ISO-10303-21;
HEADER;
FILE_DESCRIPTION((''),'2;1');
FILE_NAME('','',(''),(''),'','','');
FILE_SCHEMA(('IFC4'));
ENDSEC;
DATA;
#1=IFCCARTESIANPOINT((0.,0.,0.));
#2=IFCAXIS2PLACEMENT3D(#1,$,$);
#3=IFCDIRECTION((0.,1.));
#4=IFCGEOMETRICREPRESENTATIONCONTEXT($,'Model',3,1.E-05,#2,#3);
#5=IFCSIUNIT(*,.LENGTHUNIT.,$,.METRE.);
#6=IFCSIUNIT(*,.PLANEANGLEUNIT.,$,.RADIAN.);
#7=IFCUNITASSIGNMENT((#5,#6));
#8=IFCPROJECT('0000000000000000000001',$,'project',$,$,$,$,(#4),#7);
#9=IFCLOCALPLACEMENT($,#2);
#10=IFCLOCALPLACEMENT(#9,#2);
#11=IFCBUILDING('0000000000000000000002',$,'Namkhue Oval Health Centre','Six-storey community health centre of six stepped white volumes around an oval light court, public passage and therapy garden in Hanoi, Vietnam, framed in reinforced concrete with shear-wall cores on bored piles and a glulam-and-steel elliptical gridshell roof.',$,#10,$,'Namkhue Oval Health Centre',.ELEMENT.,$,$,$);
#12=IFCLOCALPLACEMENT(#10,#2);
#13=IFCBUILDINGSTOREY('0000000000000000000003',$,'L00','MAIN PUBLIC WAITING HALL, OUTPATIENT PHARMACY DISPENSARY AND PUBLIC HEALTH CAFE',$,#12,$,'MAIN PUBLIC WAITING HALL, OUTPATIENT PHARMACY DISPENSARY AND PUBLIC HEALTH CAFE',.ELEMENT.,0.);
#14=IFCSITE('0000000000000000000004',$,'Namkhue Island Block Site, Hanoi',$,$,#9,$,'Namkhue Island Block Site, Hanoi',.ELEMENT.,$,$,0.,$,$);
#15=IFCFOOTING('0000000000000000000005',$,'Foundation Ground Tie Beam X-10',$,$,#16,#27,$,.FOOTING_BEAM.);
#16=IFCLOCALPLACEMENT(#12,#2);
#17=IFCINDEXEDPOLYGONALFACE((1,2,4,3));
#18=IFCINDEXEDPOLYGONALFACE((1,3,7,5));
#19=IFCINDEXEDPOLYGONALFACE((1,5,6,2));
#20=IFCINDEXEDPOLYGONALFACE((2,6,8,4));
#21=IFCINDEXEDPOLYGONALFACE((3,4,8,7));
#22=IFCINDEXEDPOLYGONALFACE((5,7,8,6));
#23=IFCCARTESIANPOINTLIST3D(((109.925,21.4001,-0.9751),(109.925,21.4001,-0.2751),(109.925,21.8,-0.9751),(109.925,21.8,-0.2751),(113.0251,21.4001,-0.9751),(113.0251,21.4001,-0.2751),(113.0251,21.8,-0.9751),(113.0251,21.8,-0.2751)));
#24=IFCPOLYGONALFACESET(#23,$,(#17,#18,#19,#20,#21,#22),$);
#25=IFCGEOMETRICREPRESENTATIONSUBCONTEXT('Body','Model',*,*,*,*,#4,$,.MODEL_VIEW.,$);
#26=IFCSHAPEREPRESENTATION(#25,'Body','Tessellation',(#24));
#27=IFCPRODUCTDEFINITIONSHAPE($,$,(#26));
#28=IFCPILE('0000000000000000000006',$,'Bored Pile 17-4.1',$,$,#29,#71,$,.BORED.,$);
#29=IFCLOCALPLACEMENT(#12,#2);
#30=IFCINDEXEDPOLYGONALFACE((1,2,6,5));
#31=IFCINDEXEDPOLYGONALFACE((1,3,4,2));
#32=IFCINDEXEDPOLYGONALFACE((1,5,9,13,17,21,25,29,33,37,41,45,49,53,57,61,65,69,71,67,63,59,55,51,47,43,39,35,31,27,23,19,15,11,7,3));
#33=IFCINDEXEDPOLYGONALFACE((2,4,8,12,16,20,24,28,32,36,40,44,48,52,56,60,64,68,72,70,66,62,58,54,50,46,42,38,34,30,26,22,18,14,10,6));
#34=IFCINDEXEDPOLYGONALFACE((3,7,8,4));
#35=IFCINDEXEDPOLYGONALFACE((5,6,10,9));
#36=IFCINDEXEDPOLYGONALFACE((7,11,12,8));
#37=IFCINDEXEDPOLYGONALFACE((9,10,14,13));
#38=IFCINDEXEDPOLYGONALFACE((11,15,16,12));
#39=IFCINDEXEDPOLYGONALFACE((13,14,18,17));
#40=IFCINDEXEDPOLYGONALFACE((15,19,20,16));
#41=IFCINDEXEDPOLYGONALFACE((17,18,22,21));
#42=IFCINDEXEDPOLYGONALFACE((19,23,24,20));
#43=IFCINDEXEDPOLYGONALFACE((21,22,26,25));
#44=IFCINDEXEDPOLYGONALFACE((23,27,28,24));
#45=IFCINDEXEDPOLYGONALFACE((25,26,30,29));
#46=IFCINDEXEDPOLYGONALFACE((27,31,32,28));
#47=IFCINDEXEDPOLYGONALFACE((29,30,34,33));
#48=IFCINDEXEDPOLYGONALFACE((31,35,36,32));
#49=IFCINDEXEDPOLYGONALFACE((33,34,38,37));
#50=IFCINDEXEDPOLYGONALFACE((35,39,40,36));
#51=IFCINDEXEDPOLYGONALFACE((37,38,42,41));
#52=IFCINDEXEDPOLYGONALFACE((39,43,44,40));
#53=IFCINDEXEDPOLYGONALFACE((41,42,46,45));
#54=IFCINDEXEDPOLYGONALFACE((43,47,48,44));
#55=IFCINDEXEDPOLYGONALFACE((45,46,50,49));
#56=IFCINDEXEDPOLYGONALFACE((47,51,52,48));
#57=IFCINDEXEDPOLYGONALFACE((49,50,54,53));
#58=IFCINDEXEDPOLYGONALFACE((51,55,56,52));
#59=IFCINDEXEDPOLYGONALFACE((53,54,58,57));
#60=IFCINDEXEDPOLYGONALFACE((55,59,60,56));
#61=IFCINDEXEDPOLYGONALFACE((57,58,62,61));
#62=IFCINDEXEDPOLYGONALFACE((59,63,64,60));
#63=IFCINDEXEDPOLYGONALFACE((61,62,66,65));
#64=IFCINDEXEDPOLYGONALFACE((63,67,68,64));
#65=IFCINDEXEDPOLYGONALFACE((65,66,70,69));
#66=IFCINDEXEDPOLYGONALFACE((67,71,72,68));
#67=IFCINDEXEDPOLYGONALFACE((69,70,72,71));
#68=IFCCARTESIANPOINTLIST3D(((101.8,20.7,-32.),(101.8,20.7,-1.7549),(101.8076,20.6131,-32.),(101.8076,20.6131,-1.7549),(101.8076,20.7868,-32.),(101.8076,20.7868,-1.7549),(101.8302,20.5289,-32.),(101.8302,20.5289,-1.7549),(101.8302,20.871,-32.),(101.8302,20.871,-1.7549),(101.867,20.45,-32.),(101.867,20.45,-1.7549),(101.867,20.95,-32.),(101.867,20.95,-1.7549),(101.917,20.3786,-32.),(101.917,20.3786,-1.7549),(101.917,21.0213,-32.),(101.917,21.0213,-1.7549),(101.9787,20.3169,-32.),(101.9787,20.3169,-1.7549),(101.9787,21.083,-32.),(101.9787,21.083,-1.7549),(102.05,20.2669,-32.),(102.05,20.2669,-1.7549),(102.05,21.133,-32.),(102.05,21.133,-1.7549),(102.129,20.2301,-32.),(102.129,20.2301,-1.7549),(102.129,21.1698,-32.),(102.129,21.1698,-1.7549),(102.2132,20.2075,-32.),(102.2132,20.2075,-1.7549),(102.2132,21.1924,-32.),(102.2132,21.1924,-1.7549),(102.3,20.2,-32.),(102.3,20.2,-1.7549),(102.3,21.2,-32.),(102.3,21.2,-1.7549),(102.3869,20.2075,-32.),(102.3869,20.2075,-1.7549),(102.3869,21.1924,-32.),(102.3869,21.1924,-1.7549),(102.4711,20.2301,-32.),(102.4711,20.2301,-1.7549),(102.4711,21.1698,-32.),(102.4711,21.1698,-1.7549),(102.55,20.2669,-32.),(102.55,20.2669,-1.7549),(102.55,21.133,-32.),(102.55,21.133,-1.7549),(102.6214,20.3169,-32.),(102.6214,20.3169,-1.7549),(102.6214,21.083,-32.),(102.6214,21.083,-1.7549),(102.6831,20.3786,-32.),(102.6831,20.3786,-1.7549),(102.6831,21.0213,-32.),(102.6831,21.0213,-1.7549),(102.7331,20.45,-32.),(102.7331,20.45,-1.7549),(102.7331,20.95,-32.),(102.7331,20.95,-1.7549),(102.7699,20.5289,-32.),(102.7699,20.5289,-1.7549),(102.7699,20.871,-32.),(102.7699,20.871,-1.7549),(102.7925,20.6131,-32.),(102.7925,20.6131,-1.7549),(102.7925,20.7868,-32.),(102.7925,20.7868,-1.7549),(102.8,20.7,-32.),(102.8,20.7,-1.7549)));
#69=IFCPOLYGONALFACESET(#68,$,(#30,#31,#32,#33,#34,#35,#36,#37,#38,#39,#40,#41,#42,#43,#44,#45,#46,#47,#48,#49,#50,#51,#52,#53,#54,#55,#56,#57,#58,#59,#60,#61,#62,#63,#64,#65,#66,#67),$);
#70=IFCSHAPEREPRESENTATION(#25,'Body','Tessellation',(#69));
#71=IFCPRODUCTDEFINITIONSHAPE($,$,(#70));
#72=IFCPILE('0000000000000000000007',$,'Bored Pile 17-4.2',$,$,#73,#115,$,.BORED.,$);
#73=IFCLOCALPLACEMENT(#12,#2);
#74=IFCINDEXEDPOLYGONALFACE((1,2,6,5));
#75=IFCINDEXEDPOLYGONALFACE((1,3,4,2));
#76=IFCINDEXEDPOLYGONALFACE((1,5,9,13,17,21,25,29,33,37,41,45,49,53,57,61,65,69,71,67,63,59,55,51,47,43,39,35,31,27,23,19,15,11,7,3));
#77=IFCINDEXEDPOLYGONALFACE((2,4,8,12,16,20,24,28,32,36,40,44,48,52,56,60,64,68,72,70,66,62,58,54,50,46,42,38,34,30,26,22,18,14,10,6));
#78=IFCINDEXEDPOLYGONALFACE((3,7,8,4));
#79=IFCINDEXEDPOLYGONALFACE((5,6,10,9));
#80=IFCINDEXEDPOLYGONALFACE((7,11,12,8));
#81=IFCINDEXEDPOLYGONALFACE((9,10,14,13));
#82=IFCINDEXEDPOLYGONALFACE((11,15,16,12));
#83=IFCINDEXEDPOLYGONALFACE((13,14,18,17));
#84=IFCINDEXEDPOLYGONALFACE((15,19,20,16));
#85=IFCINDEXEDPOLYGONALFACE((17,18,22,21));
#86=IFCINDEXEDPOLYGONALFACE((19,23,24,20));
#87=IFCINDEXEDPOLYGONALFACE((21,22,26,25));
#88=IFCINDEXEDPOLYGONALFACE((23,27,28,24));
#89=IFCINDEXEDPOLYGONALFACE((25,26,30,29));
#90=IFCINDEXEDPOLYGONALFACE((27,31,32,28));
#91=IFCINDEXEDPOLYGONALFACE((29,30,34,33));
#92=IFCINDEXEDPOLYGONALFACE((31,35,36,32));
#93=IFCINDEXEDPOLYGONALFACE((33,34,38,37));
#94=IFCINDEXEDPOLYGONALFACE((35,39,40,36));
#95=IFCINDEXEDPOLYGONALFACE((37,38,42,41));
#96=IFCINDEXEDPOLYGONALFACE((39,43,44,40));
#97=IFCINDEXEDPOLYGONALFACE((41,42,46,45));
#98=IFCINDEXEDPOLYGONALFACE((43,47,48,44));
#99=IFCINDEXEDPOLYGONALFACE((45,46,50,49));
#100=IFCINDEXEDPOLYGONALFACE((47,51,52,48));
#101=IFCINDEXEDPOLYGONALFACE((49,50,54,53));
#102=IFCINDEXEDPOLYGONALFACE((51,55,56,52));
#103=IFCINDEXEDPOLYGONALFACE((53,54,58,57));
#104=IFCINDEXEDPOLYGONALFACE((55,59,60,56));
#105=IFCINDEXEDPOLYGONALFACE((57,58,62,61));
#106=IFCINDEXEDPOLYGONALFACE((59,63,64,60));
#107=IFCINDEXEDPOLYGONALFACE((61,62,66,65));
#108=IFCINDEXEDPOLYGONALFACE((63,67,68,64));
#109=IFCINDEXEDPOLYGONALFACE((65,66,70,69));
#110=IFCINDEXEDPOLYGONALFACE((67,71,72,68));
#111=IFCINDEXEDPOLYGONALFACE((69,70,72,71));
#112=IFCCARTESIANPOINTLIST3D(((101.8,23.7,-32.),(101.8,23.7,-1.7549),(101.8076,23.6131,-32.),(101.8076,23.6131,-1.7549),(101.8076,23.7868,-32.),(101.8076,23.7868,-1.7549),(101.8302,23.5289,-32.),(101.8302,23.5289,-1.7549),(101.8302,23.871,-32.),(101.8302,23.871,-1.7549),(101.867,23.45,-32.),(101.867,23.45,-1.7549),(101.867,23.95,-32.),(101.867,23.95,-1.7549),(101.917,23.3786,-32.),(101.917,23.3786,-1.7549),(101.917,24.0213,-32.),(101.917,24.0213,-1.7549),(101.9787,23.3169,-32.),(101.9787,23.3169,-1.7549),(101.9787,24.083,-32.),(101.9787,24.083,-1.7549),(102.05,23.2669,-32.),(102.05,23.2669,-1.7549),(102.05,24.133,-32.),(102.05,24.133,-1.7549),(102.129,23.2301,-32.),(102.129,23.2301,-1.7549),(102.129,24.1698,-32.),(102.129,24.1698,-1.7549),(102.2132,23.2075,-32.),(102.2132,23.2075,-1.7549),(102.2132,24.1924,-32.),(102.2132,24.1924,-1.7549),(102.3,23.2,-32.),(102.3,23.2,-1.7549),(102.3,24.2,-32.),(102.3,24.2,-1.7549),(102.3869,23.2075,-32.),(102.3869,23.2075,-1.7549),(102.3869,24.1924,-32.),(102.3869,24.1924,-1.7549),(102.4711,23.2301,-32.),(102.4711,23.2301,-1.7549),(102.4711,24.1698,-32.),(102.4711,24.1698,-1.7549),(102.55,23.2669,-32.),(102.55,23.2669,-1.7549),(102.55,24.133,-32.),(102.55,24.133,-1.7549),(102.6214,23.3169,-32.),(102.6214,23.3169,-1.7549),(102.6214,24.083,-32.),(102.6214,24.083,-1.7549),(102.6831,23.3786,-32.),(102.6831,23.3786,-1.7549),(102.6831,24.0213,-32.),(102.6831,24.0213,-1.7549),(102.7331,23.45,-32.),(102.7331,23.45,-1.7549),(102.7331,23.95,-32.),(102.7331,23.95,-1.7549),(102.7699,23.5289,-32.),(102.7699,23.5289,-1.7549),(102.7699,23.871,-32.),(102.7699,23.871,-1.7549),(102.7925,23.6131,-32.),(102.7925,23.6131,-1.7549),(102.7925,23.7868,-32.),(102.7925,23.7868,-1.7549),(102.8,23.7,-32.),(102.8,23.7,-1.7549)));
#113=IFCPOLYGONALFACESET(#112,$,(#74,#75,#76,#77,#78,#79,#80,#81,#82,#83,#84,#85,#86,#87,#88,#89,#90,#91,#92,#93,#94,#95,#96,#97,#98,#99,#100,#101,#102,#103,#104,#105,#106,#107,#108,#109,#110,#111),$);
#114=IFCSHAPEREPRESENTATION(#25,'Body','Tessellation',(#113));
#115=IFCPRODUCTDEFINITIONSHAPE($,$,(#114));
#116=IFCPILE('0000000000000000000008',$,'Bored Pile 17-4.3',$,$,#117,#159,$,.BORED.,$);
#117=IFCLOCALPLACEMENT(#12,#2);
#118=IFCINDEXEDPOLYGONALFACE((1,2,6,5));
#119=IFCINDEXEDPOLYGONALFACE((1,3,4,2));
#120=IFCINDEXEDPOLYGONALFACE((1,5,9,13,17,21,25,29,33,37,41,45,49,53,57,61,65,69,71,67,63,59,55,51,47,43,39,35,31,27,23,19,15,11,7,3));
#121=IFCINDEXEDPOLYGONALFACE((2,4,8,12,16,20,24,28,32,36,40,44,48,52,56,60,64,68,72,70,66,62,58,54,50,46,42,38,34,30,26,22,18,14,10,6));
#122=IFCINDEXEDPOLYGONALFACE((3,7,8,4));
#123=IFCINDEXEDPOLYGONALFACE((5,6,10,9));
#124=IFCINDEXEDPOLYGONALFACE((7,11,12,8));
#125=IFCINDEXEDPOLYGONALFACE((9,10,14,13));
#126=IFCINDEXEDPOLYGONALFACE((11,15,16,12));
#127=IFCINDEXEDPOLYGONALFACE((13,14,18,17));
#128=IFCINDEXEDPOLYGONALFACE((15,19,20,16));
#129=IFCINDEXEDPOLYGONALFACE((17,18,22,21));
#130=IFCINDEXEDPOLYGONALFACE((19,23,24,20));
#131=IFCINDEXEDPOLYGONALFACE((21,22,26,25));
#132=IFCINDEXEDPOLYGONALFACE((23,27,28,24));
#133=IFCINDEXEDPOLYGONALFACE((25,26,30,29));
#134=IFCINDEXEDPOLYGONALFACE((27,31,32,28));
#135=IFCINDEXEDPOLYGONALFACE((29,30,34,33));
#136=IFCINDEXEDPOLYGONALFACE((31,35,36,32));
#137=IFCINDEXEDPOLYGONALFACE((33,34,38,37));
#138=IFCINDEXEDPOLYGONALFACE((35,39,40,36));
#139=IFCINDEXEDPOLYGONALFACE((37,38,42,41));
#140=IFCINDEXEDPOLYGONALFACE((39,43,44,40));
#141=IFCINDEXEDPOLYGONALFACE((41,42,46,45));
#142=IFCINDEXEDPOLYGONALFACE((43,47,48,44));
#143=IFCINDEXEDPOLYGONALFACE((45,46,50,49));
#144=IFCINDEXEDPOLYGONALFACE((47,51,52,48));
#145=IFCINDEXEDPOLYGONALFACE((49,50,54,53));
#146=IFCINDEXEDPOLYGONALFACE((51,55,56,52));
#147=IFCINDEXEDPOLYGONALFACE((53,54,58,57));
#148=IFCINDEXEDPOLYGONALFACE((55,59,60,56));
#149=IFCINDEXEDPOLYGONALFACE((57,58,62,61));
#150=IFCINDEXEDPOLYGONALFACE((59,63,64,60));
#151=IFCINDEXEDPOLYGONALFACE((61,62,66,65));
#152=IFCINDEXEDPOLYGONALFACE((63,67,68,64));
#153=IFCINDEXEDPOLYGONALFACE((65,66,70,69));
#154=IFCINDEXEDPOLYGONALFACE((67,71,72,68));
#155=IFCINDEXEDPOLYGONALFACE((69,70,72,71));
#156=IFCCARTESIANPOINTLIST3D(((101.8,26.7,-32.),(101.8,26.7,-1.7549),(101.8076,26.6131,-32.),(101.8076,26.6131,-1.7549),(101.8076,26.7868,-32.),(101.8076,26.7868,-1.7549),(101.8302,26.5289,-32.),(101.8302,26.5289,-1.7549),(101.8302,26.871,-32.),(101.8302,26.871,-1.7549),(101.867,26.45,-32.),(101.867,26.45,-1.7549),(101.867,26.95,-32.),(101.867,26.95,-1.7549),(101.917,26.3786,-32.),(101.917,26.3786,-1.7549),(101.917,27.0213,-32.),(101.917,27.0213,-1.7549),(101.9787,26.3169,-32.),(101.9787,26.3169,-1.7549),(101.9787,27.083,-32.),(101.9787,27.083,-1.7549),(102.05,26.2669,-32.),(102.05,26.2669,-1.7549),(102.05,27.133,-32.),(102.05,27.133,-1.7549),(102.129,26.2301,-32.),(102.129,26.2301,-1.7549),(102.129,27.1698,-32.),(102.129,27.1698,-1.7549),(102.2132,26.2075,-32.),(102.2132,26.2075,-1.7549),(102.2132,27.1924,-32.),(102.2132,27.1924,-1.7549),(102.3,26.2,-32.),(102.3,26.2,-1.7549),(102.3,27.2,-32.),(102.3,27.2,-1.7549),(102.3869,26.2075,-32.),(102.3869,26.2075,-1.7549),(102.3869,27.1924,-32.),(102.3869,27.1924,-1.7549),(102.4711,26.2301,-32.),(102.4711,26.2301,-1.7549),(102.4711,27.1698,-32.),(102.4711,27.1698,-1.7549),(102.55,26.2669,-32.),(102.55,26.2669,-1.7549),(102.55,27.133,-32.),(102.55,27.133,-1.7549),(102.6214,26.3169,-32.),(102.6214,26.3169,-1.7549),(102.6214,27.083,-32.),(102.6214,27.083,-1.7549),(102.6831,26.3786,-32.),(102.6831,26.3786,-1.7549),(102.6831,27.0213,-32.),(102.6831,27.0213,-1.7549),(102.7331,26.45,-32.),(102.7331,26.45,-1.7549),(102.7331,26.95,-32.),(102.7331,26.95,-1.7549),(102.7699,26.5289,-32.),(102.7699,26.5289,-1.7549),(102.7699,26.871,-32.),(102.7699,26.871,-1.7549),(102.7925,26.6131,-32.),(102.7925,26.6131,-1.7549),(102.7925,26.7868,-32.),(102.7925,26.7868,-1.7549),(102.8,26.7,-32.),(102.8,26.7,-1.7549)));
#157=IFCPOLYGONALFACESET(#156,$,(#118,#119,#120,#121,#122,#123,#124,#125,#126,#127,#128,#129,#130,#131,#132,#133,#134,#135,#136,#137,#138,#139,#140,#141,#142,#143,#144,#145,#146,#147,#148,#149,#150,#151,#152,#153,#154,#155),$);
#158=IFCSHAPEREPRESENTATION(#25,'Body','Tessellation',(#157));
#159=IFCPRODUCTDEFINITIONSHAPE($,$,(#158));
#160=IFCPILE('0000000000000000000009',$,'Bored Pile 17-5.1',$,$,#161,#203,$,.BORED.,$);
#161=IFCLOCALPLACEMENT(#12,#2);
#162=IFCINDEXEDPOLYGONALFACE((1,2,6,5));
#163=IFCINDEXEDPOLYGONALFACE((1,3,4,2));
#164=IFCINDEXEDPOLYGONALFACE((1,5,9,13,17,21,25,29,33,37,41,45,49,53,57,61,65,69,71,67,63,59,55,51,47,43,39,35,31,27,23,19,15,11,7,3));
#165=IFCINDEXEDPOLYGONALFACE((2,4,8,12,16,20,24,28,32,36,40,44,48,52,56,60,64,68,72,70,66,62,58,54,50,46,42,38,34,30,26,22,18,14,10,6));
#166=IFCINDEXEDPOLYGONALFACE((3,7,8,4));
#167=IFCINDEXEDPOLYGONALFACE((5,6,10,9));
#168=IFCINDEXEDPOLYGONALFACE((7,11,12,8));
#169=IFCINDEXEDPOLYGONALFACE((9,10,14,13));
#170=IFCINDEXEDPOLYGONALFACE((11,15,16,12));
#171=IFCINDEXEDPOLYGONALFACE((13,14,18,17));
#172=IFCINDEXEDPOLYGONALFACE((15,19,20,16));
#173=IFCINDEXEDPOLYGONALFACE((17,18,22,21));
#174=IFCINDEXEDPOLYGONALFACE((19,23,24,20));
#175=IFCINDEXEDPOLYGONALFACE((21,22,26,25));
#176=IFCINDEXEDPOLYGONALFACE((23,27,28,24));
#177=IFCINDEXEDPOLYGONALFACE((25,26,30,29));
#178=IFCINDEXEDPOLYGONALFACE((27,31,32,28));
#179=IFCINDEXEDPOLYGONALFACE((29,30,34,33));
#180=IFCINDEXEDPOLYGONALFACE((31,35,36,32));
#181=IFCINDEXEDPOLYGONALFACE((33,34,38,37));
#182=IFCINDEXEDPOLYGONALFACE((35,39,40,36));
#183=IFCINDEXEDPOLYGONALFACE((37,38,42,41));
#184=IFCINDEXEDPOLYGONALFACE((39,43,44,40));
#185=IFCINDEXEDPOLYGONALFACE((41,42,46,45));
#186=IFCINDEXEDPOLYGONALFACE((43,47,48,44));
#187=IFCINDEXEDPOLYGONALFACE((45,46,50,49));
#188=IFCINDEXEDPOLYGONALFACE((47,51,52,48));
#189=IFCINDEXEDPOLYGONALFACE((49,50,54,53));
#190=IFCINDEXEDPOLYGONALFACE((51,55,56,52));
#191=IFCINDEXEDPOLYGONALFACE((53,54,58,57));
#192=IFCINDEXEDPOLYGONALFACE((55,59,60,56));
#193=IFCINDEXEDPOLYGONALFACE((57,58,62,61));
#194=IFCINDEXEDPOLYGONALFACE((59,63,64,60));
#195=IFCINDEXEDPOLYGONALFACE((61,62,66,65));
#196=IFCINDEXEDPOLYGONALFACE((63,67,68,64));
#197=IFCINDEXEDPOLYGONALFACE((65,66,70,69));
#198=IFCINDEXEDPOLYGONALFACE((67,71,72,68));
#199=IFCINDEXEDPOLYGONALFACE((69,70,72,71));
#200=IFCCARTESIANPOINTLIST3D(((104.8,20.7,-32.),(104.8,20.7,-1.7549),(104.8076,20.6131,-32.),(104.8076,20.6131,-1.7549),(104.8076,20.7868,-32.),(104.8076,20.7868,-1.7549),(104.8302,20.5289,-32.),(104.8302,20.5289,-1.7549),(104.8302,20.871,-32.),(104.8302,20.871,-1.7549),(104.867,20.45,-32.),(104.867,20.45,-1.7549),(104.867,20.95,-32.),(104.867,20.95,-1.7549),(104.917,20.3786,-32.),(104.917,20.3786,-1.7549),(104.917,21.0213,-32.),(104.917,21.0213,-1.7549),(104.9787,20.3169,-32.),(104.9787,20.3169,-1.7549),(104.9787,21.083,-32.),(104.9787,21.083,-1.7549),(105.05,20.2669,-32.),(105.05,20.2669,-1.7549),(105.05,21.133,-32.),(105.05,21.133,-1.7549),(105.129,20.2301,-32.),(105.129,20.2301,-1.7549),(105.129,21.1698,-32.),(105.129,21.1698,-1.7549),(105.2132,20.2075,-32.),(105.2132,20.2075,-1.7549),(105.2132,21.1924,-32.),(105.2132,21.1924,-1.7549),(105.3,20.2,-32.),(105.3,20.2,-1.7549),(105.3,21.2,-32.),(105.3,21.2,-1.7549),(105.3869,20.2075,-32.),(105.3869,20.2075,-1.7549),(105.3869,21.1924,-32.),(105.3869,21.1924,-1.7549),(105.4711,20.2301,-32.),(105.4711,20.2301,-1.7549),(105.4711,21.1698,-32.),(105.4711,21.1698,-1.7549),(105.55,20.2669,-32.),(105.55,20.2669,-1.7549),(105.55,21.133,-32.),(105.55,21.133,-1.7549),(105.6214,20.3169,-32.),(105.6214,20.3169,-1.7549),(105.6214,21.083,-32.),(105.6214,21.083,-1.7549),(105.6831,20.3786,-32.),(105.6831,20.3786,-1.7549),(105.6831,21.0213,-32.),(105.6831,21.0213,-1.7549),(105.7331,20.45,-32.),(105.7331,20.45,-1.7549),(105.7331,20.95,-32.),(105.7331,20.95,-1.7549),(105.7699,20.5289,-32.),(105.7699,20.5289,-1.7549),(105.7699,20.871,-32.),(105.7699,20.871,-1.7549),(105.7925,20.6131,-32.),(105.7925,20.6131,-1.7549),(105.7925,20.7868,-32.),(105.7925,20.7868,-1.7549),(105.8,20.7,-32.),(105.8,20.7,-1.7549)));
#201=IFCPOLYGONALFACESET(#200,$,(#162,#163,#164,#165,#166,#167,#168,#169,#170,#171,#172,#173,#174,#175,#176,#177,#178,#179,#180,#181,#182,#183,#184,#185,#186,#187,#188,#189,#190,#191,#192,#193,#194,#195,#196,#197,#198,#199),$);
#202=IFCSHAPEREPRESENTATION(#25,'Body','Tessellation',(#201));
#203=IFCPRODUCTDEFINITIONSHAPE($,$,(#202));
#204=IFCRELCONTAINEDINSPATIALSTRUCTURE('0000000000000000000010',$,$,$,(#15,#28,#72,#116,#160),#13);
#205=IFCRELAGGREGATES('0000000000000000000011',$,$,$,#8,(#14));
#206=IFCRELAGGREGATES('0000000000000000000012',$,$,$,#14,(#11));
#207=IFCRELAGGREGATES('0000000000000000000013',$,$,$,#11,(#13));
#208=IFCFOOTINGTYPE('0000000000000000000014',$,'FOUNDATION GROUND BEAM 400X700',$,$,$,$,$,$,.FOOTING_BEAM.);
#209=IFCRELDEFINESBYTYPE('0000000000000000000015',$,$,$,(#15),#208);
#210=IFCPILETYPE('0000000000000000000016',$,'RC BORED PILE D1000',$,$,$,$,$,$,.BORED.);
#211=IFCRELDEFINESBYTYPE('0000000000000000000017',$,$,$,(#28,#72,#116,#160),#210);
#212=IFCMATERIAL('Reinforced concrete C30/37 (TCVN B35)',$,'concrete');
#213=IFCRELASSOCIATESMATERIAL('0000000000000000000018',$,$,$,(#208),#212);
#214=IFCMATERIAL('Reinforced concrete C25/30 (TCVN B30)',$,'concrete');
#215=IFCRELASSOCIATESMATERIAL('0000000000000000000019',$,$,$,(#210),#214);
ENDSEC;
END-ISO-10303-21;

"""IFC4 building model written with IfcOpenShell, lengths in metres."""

from ifc_helpers import new_model, si_unit, direction, frame, origin, origin_2d, place, context, subcontext, project, spatial, rectangle, circle, extrude, material, material_profile, profile_set, type_object, element, save


model = new_model("IFC4")

# Units and contexts
model_context = context("Model", 3, precision=1e-05, world=origin(), true_north=direction((0.0, 1.0)))
body_context = subcontext(model_context, "Body", "Model", "MODEL_VIEW")
ifc_project = project(units=[si_unit("LENGTHUNIT", "METRE"), si_unit("PLANEANGLEUNIT", "RADIAN")], contexts=[model_context])

# Site, building, storey
site_placement = place(None, origin())
site = spatial("IfcSite", under=ifc_project, at=site_placement, Name="Namkhue Island Block Site, Hanoi", LongName="Namkhue Island Block Site, Hanoi", CompositionType="ELEMENT", RefElevation=0.0)
building_placement = place(site_placement, origin())
building = spatial("IfcBuilding", under=site, at=building_placement, Name="Namkhue Oval Health Centre", Description="Six-storey community health centre of six stepped white volumes around an oval light court, public passage and therapy garden in Hanoi, Vietnam, framed in reinforced concrete with shear-wall cores on bored piles and a glulam-and-steel elliptical gridshell roof.", LongName="Namkhue Oval Health Centre", CompositionType="ELEMENT")
storey_placement = place(building_placement, origin())
storey = spatial("IfcBuildingStorey", under=building, at=storey_placement, Name="L00", Description="MAIN PUBLIC WAITING HALL, OUTPATIENT PHARMACY DISPENSARY AND PUBLIC HEALTH CAFE", LongName="MAIN PUBLIC WAITING HALL, OUTPATIENT PHARMACY DISPENSARY AND PUBLIC HEALTH CAFE", CompositionType="ELEMENT", Elevation=0.0)

# Footing
ifc_material_1 = material(Name="Reinforced concrete C30/37 (TCVN B35)", Category="concrete")
footing_type = type_object("IfcFootingType", Name="FOUNDATION GROUND BEAM 400X700", PredefinedType="FOOTING_BEAM", material=ifc_material_1)
footing_placement = place(storey_placement, frame((111.4751, 21.6001, -0.9751), z_axis=(0.0, 0.0, 1.0), x_axis=(1.0, 0.0, 0.0)))
element("IfcFooting", 1, at=footing_placement, inside=storey, type_object=footing_type, Name="Foundation Ground Tie Beam X-10", PredefinedType="FOOTING_BEAM", context=body_context, shape_type="SweptSolid", body=[
    extrude(rectangle(XDim=3.1001, YDim=0.3999, at=origin_2d()), origin(), (0.0, 0.0, 1.0), 0.7),
])

# Piles
ifc_material_2 = material(Name="Reinforced concrete C25/30 (TCVN B30)", Category="concrete")
ifc_material_profile_1 = material_profile(ifc_material_2, circle(Radius=0.5, at=origin_2d()), Name="BORED PILE D1000")
ifc_profile_set_1 = profile_set([ifc_material_profile_1], Name="Reinforced concrete C25/30 (TCVN B30)")
pile_type = type_object("IfcPileType", Name="RC BORED PILE D1000", PredefinedType="BORED", material=ifc_profile_set_1)
for number, where, z_axis, x_axis, name in (
    (2, (102.3, 20.7, -1.7549), (0.0, 0.0, -1.0), (1.0, 0.0, 0.0), "Bored Pile 17-4.1"),
    (3, (102.3, 23.7, -1.7549), (0.0, 0.0, -1.0), (1.0, 0.0, 0.0), "Bored Pile 17-4.2"),
    (4, (102.3, 26.7, -1.7549), (0.0, 0.0, -1.0), (1.0, 0.0, 0.0), "Bored Pile 17-4.3"),
    (5, (105.3, 20.7, -1.7549), (0.0, 0.0, -1.0), (1.0, 0.0, 0.0), "Bored Pile 17-5.1"),
):
    element("IfcPile", number, at=place(storey_placement, frame(where, z_axis=z_axis, x_axis=x_axis)), inside=storey, type_object=pile_type, Name=name, PredefinedType="BORED", context=body_context, shape_type="SweptSolid", body=[
        extrude(circle(Radius=0.5, at=origin_2d()), origin(), (0.0, 0.0, 1.0), 30.2451),
    ])

save(model, "model.ifc")
